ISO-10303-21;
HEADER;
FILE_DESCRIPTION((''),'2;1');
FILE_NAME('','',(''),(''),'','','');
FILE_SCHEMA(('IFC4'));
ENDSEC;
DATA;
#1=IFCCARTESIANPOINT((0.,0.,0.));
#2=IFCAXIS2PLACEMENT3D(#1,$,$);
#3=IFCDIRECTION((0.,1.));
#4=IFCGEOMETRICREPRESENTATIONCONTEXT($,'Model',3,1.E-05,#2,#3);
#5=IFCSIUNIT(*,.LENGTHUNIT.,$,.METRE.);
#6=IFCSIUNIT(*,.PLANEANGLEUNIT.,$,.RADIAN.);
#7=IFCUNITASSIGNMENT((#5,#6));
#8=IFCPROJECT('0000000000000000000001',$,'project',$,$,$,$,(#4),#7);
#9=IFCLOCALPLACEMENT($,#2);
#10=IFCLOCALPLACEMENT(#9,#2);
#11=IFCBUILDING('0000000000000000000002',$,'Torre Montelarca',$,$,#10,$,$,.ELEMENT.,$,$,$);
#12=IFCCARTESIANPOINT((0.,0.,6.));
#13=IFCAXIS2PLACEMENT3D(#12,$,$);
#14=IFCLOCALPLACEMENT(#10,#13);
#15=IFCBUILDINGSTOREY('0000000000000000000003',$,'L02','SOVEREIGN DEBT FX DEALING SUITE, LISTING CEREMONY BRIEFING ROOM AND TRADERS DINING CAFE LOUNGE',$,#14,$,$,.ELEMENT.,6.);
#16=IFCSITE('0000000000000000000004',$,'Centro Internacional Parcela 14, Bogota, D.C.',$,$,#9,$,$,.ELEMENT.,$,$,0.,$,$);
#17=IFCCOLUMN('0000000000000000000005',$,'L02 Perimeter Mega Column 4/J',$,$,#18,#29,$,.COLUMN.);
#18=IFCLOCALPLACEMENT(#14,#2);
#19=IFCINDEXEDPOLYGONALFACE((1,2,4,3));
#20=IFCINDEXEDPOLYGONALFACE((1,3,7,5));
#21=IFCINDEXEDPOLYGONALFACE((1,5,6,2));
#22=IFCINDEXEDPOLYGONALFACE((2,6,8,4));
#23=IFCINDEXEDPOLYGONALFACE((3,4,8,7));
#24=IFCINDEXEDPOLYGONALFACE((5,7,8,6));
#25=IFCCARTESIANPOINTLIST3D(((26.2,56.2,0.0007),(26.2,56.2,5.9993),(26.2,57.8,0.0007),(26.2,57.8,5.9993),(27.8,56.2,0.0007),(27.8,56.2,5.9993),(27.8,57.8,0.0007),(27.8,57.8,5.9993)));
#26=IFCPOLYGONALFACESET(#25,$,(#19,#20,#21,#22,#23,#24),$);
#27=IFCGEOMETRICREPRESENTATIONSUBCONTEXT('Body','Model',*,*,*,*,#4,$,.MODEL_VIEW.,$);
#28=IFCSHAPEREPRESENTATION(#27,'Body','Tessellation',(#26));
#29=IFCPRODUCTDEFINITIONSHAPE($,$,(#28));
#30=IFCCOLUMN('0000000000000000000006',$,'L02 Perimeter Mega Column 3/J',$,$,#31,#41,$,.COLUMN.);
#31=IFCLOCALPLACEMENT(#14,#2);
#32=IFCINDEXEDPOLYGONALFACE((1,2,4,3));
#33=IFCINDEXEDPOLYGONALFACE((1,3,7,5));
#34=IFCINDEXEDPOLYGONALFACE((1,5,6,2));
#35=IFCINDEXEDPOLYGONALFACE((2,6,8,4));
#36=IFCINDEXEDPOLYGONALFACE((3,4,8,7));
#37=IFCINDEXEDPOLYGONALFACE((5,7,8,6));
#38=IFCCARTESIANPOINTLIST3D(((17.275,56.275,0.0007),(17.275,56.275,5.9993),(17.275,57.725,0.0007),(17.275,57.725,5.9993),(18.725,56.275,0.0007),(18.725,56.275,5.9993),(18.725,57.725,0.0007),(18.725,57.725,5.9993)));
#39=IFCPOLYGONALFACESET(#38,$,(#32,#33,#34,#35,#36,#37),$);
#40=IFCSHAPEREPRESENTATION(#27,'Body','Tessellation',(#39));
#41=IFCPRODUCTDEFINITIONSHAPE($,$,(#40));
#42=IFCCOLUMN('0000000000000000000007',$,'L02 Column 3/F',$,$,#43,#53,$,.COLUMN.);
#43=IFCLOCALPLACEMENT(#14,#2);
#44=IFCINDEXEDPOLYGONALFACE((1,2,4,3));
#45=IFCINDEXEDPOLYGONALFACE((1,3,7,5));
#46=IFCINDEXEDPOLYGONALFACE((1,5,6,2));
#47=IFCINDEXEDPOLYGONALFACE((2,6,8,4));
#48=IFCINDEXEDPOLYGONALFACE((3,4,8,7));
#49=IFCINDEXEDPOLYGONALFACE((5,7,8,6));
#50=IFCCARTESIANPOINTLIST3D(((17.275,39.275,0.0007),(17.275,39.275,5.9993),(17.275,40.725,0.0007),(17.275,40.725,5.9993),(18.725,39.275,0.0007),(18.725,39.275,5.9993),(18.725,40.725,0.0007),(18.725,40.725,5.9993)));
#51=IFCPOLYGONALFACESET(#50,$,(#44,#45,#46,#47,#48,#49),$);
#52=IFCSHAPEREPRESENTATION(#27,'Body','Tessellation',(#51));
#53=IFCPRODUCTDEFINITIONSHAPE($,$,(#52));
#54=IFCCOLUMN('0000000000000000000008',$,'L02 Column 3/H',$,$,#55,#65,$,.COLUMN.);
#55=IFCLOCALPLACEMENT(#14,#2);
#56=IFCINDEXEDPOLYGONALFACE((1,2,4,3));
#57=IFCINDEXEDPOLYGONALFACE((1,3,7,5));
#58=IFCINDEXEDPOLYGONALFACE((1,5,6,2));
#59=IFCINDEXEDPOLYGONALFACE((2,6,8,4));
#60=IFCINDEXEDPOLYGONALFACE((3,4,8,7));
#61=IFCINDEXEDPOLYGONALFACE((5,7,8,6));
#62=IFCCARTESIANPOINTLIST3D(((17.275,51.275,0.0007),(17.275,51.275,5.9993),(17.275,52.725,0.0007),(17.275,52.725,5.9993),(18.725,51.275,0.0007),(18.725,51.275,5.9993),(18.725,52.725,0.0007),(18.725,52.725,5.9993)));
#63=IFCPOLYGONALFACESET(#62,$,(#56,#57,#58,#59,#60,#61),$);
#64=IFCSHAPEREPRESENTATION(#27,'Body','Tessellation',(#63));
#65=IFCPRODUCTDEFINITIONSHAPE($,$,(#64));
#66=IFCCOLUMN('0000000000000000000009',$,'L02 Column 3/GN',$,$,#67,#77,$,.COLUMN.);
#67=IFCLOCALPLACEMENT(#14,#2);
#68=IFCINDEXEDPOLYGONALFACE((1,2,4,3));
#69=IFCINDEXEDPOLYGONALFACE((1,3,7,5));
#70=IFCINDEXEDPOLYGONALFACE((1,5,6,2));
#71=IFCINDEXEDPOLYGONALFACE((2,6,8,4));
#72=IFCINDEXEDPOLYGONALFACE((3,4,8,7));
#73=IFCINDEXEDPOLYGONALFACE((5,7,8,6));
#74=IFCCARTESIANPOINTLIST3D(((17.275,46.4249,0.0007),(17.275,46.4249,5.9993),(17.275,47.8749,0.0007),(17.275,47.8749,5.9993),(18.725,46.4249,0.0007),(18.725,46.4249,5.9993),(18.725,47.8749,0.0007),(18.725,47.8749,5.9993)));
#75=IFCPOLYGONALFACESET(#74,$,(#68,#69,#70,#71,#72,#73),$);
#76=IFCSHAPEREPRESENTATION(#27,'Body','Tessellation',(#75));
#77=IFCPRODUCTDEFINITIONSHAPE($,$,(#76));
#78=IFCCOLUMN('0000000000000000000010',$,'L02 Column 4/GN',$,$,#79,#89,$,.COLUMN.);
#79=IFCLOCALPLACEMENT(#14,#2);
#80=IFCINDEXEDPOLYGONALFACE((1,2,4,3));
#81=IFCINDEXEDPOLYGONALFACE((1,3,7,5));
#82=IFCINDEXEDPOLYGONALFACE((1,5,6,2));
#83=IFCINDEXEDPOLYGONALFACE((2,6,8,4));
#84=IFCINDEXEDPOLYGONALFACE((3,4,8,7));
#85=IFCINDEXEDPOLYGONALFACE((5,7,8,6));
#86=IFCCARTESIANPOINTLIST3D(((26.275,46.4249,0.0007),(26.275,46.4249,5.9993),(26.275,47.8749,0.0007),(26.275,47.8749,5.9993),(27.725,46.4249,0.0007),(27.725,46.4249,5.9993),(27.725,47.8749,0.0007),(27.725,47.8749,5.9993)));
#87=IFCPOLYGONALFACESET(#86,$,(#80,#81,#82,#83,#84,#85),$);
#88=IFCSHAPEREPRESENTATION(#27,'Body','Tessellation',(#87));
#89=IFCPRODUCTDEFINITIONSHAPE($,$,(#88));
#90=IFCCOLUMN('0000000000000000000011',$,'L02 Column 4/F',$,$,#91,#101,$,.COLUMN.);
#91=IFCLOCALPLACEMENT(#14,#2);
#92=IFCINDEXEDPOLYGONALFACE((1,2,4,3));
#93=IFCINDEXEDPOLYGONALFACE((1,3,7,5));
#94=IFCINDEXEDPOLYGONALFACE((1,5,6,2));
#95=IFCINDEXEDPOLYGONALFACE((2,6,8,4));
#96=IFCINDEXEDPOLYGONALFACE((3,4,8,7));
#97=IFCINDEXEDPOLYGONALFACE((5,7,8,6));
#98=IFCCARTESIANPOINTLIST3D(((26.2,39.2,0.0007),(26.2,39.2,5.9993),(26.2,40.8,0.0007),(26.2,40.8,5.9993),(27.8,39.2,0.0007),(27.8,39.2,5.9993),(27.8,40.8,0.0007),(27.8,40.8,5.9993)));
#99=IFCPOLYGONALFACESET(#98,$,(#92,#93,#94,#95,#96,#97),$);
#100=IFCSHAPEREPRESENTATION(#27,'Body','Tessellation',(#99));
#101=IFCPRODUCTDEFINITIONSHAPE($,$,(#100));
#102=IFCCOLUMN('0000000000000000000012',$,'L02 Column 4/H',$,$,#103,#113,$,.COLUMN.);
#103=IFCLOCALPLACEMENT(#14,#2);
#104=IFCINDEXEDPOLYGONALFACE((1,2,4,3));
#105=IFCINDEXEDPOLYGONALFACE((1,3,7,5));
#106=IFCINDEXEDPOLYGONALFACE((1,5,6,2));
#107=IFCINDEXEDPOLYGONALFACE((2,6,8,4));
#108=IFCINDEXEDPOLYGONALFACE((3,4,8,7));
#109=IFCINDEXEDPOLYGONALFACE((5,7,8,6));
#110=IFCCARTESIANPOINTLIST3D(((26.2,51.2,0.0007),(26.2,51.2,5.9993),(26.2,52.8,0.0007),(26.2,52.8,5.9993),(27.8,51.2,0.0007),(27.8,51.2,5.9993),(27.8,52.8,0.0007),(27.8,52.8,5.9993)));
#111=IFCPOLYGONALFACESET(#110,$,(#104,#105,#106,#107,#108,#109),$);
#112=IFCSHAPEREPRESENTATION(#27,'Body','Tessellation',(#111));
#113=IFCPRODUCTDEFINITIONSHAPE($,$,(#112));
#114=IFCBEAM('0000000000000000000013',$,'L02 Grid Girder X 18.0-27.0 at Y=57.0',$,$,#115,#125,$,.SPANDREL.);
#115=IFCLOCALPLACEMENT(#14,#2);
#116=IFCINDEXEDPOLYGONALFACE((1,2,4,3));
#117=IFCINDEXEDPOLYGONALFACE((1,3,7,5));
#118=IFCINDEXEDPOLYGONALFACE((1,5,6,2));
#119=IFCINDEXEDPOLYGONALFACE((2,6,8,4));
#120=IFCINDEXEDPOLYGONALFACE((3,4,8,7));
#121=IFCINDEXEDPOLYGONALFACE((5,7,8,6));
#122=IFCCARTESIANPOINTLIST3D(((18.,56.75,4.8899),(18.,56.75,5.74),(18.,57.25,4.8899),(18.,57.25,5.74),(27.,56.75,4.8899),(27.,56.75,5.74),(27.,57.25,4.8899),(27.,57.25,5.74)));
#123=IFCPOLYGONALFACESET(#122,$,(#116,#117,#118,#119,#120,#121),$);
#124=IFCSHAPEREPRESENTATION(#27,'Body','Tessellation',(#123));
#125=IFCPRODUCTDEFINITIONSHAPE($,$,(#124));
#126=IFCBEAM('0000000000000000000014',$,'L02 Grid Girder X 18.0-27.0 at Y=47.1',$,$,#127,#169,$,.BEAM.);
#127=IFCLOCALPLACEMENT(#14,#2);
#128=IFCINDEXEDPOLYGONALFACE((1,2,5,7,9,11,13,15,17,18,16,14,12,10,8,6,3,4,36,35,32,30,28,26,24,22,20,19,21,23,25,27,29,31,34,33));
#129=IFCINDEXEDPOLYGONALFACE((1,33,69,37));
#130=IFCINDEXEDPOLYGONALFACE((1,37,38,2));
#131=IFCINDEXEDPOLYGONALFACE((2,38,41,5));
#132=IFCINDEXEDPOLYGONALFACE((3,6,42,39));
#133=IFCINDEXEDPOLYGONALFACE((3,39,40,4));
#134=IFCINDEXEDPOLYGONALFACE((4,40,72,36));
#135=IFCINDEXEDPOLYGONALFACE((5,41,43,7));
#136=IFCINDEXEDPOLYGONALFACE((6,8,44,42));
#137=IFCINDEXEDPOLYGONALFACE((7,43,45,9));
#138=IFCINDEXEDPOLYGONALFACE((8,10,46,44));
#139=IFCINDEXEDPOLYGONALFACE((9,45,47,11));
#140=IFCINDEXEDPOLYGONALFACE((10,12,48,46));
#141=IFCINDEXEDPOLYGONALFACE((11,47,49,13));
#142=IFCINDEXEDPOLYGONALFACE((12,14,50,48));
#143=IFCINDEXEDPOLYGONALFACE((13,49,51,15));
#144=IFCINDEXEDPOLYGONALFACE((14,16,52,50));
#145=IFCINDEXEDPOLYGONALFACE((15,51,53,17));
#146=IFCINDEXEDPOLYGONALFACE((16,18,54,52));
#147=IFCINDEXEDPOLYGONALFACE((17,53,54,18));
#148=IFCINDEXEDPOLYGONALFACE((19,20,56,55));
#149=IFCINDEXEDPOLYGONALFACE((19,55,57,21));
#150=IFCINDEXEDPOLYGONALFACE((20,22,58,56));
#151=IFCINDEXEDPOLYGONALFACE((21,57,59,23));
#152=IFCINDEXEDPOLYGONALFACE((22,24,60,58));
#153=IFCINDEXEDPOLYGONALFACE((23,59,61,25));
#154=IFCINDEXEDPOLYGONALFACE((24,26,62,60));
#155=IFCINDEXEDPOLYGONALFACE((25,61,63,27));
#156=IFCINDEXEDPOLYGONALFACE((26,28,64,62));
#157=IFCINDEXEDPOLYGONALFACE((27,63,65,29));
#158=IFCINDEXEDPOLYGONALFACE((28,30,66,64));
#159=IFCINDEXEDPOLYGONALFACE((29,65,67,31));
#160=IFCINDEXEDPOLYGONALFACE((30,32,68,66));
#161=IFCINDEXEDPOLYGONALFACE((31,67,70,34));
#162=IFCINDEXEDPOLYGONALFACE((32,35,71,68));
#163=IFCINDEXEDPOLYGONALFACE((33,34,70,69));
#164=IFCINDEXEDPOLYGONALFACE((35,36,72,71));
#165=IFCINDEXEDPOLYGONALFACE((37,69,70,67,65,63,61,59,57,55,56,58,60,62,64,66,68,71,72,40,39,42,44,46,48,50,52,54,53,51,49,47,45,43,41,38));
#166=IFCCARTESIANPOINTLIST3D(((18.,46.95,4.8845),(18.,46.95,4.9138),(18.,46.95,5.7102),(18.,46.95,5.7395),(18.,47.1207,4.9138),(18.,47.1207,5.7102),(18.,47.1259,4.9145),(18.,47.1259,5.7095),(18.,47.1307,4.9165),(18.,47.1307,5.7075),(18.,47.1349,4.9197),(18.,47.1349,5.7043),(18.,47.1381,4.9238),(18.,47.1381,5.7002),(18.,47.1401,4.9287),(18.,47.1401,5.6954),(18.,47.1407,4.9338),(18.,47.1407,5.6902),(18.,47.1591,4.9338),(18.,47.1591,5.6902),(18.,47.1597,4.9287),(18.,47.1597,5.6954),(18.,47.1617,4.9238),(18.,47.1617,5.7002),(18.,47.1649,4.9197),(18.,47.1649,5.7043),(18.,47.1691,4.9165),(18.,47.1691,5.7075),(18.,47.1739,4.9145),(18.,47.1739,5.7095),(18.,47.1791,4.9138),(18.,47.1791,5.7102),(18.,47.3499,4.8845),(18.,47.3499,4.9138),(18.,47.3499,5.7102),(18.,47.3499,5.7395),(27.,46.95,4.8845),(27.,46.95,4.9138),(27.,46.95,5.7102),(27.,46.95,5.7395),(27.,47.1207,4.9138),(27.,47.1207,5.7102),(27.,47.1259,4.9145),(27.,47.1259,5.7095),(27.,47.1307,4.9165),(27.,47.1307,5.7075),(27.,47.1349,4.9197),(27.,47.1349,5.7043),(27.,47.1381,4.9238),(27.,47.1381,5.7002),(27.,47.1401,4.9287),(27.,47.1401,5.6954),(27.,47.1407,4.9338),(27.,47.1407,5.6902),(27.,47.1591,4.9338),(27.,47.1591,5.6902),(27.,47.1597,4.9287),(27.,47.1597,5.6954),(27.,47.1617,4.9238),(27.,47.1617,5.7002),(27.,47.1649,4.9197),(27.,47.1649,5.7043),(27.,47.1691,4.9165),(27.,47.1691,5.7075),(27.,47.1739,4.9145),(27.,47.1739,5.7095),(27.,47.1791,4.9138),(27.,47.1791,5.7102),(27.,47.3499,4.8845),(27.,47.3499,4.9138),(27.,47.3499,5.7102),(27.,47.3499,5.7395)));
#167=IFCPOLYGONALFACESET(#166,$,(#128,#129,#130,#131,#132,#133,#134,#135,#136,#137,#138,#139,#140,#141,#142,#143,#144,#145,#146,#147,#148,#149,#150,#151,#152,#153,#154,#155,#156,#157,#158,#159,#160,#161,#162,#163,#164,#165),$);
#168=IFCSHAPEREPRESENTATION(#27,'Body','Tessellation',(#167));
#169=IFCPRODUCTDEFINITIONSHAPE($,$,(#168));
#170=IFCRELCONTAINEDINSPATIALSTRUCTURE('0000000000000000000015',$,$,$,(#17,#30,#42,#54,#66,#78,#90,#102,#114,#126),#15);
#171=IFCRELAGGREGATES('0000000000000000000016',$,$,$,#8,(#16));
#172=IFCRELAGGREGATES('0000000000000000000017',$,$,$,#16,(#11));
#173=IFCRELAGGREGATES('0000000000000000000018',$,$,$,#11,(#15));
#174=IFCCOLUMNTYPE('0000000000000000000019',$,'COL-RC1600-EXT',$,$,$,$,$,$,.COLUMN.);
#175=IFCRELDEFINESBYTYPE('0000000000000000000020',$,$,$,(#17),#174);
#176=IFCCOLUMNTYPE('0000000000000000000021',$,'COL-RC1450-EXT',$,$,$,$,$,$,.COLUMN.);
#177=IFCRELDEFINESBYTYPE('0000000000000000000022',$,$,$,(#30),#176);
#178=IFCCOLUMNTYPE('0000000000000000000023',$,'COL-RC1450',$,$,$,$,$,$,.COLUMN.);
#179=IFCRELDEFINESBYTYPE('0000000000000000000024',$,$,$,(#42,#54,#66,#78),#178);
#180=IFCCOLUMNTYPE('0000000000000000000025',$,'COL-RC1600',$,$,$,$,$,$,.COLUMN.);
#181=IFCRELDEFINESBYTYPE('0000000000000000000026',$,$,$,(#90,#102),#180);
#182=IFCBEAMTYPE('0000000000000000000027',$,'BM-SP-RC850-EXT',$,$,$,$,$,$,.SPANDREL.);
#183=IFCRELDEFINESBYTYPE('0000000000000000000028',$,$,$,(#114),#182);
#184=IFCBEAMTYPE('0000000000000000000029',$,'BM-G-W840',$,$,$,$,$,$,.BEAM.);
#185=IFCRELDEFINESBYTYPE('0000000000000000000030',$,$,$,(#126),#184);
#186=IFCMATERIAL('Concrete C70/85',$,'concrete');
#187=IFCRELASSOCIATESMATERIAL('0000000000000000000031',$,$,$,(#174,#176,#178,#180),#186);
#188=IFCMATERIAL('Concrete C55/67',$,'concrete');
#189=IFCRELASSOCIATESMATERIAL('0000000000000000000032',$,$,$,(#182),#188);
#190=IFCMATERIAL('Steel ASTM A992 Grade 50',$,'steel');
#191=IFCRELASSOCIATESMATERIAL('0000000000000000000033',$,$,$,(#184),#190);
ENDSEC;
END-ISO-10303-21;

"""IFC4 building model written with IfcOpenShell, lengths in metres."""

from ifc_helpers import new_model, si_unit, direction, frame, origin, origin_2d, place, context, subcontext, project, spatial, rectangle, i_section, extrude, source, transform, mapped, material, material_profile, profile_set, type_object, element, save


model = new_model("IFC4")

# Units and contexts
model_context = context("Model", 3, precision=1e-05, world=origin(), true_north=direction((0.0, 1.0)))
body_context = subcontext(model_context, "Body", "Model", "MODEL_VIEW")
ifc_project = project(units=[si_unit("LENGTHUNIT", "METRE"), si_unit("PLANEANGLEUNIT", "RADIAN")], contexts=[model_context])

# Site, building, storey
site_placement = place(None, origin())
site = spatial("IfcSite", under=ifc_project, at=site_placement, Name="Centro Internacional Parcela 14, Bogota, D.C.", CompositionType="ELEMENT", RefElevation=0.0)
building_placement = place(site_placement, origin())
building = spatial("IfcBuilding", under=site, at=building_placement, Name="Torre Montelarca", CompositionType="ELEMENT")
storey_placement = place(building_placement, frame((0.0, 0.0, 6.0)))
storey = spatial("IfcBuildingStorey", under=building, at=storey_placement, Name="L02", Description="SOVEREIGN DEBT FX DEALING SUITE, LISTING CEREMONY BRIEFING ROOM AND TRADERS DINING CAFE LOUNGE", CompositionType="ELEMENT", Elevation=6.0)

# Columns
ifc_material_1 = material(Name="Concrete C70/85", Category="concrete")
ifc_material_profile_1 = material_profile(ifc_material_1, rectangle(XDim=1.6001, YDim=1.6001, at=origin_2d()), Name="RC1600X1600", Category="concrete")
ifc_profile_set_1 = profile_set([ifc_material_profile_1], Name="Concrete C70/85")
column_type_1 = type_object("IfcColumnType", Name="COL-RC1600-EXT", PredefinedType="COLUMN", material=ifc_profile_set_1)
shared_shape_1 = source(origin(), body_context, "Body", "SweptSolid", [
    extrude(rectangle(XDim=1.6001, YDim=1.6001, at=origin_2d()), origin(), (0.0, 0.0, 1.0), 5.9985),
])
column_1_placement = place(storey_placement, frame((27.0, 57.0, 0.0007), z_axis=(0.0, 0.0, 1.0), x_axis=(1.0, 0.0, 0.0)))
element("IfcColumn", 1, at=column_1_placement, inside=storey, type_object=column_type_1, Name="L02 Perimeter Mega Column 4/J", PredefinedType="COLUMN", context=body_context, shape_type="MappedRepresentation", body=[
    mapped(shared_shape_1, transform((0.0, 0.0, 0.0), scale=1.0)),
])
ifc_material_profile_2 = material_profile(ifc_material_1, rectangle(XDim=1.45, YDim=1.45, at=origin_2d()), Name="RC1450X1450", Category="concrete")
ifc_profile_set_2 = profile_set([ifc_material_profile_2], Name="Concrete C70/85")
column_type_2 = type_object("IfcColumnType", Name="COL-RC1450-EXT", PredefinedType="COLUMN", material=ifc_profile_set_2)
shared_shape_2 = source(origin(), body_context, "Body", "SweptSolid", [
    extrude(rectangle(XDim=1.45, YDim=1.45, at=origin_2d()), origin(), (0.0, 0.0, 1.0), 5.9985),
])
column_2_placement = place(storey_placement, frame((18.0, 57.0, 0.0007), z_axis=(0.0, 0.0, 1.0), x_axis=(1.0, 0.0, 0.0)))
element("IfcColumn", 2, at=column_2_placement, inside=storey, type_object=column_type_2, Name="L02 Perimeter Mega Column 3/J", PredefinedType="COLUMN", context=body_context, shape_type="MappedRepresentation", body=[
    mapped(shared_shape_2, transform((0.0, 0.0, 0.0), scale=1.0)),
])
ifc_material_profile_3 = material_profile(ifc_material_1, rectangle(XDim=1.45, YDim=1.45, at=origin_2d()), Name="RC1450X1450", Category="concrete")
ifc_profile_set_3 = profile_set([ifc_material_profile_3], Name="Concrete C70/85")
column_type_3 = type_object("IfcColumnType", Name="COL-RC1450", PredefinedType="COLUMN", material=ifc_profile_set_3)
shared_shape_3 = source(origin(), body_context, "Body", "SweptSolid", [
    extrude(rectangle(XDim=1.45, YDim=1.45, at=origin_2d()), origin(), (0.0, 0.0, 1.0), 5.9985),
])
for number, where, z_axis, x_axis, name in (
    (3, (18.0, 40.0, 0.0007), (0.0, 0.0, 1.0), (1.0, 0.0, 0.0), "L02 Column 3/F"),
    (4, (18.0, 52.0, 0.0007), (0.0, 0.0, 1.0), (1.0, 0.0, 0.0), "L02 Column 3/H"),
    (5, (18.0, 47.1499, 0.0007), (0.0, 0.0, 1.0), (1.0, 0.0, 0.0), "L02 Column 3/GN"),
    (6, (27.0, 47.1499, 0.0007), (0.0, 0.0, 1.0), (1.0, 0.0, 0.0), "L02 Column 4/GN"),
):
    element("IfcColumn", number, at=place(storey_placement, frame(where, z_axis=z_axis, x_axis=x_axis)), inside=storey, type_object=column_type_3, Name=name, PredefinedType="COLUMN", context=body_context, shape_type="MappedRepresentation", body=[
        mapped(shared_shape_3, transform((0.0, 0.0, 0.0), scale=1.0)),
    ])
ifc_material_profile_4 = material_profile(ifc_material_1, rectangle(XDim=1.6001, YDim=1.6001, at=origin_2d()), Name="RC1600X1600", Category="concrete")
ifc_profile_set_4 = profile_set([ifc_material_profile_4], Name="Concrete C70/85")
column_type_4 = type_object("IfcColumnType", Name="COL-RC1600", PredefinedType="COLUMN", material=ifc_profile_set_4)
shared_shape_4 = source(origin(), body_context, "Body", "SweptSolid", [
    extrude(rectangle(XDim=1.6001, YDim=1.6001, at=origin_2d()), origin(), (0.0, 0.0, 1.0), 5.9985),
])
for number, where, z_axis, x_axis, name in (
    (7, (27.0, 40.0, 0.0007), (0.0, 0.0, 1.0), (1.0, 0.0, 0.0), "L02 Column 4/F"),
    (8, (27.0, 52.0, 0.0007), (0.0, 0.0, 1.0), (1.0, 0.0, 0.0), "L02 Column 4/H"),
):
    element("IfcColumn", number, at=place(storey_placement, frame(where, z_axis=z_axis, x_axis=x_axis)), inside=storey, type_object=column_type_4, Name=name, PredefinedType="COLUMN", context=body_context, shape_type="MappedRepresentation", body=[
        mapped(shared_shape_4, transform((0.0, 0.0, 0.0), scale=1.0)),
    ])

# Beams
ifc_material_2 = material(Name="Concrete C55/67", Category="concrete")
ifc_material_profile_5 = material_profile(ifc_material_2, rectangle(XDim=0.5, YDim=0.8501, at=origin_2d()), Name="RCB500X850", Category="concrete")
ifc_profile_set_5 = profile_set([ifc_material_profile_5], Name="Concrete C55/67")
beam_type_1 = type_object("IfcBeamType", Name="BM-SP-RC850-EXT", PredefinedType="SPANDREL", material=ifc_profile_set_5)
shared_shape_5 = source(origin(), body_context, "Body", "SweptSolid", [
    extrude(rectangle(XDim=0.5, YDim=0.8501, at=origin_2d()), origin(), (0.0, 0.0, 1.0), 9.0),
])
beam_1_placement = place(storey_placement, frame((18.0, 57.0, 5.3149), z_axis=(1.0, 0.0, 0.0), x_axis=(0.0, 1.0, 0.0)))
element("IfcBeam", 9, at=beam_1_placement, inside=storey, type_object=beam_type_1, Name="L02 Grid Girder X 18.0-27.0 at Y=57.0", PredefinedType="SPANDREL", context=body_context, shape_type="MappedRepresentation", body=[
    mapped(shared_shape_5, transform((0.0, 0.0, 0.0), scale=1.0)),
])
ifc_material_3 = material(Name="Steel ASTM A992 Grade 50", Category="steel")
ifc_material_profile_6 = material_profile(ifc_material_3, i_section(OverallWidth=0.3999, OverallDepth=0.855, WebThickness=0.0183, FlangeThickness=0.0293, FilletRadius=0.02, at=origin_2d()), Name="W840X299", Category="steel")
ifc_profile_set_6 = profile_set([ifc_material_profile_6], Name="Steel ASTM A992 Grade 50")
beam_type_2 = type_object("IfcBeamType", Name="BM-G-W840", PredefinedType="BEAM", material=ifc_profile_set_6)
shared_shape_6 = source(origin(), body_context, "Body", "SweptSolid", [
    extrude(i_section(OverallWidth=0.3999, OverallDepth=0.855, WebThickness=0.0183, FlangeThickness=0.0293, FilletRadius=0.02, at=origin_2d()), origin(), (0.0, 0.0, 1.0), 9.0),
])
for number, where, z_axis, x_axis, name in (
    (10, (18.0, 47.1499, 5.312), (1.0, 0.0, 0.0), (0.0, 1.0, 0.0), "L02 Grid Girder X 18.0-27.0 at Y=47.1"),
):
    element("IfcBeam", number, at=place(storey_placement, frame(where, z_axis=z_axis, x_axis=x_axis)), inside=storey, type_object=beam_type_2, Name=name, PredefinedType="BEAM", context=body_context, shape_type="MappedRepresentation", body=[
        mapped(shared_shape_6, transform((0.0, 0.0, 0.0), scale=1.0)),
    ])

save(model, "model.ifc")
